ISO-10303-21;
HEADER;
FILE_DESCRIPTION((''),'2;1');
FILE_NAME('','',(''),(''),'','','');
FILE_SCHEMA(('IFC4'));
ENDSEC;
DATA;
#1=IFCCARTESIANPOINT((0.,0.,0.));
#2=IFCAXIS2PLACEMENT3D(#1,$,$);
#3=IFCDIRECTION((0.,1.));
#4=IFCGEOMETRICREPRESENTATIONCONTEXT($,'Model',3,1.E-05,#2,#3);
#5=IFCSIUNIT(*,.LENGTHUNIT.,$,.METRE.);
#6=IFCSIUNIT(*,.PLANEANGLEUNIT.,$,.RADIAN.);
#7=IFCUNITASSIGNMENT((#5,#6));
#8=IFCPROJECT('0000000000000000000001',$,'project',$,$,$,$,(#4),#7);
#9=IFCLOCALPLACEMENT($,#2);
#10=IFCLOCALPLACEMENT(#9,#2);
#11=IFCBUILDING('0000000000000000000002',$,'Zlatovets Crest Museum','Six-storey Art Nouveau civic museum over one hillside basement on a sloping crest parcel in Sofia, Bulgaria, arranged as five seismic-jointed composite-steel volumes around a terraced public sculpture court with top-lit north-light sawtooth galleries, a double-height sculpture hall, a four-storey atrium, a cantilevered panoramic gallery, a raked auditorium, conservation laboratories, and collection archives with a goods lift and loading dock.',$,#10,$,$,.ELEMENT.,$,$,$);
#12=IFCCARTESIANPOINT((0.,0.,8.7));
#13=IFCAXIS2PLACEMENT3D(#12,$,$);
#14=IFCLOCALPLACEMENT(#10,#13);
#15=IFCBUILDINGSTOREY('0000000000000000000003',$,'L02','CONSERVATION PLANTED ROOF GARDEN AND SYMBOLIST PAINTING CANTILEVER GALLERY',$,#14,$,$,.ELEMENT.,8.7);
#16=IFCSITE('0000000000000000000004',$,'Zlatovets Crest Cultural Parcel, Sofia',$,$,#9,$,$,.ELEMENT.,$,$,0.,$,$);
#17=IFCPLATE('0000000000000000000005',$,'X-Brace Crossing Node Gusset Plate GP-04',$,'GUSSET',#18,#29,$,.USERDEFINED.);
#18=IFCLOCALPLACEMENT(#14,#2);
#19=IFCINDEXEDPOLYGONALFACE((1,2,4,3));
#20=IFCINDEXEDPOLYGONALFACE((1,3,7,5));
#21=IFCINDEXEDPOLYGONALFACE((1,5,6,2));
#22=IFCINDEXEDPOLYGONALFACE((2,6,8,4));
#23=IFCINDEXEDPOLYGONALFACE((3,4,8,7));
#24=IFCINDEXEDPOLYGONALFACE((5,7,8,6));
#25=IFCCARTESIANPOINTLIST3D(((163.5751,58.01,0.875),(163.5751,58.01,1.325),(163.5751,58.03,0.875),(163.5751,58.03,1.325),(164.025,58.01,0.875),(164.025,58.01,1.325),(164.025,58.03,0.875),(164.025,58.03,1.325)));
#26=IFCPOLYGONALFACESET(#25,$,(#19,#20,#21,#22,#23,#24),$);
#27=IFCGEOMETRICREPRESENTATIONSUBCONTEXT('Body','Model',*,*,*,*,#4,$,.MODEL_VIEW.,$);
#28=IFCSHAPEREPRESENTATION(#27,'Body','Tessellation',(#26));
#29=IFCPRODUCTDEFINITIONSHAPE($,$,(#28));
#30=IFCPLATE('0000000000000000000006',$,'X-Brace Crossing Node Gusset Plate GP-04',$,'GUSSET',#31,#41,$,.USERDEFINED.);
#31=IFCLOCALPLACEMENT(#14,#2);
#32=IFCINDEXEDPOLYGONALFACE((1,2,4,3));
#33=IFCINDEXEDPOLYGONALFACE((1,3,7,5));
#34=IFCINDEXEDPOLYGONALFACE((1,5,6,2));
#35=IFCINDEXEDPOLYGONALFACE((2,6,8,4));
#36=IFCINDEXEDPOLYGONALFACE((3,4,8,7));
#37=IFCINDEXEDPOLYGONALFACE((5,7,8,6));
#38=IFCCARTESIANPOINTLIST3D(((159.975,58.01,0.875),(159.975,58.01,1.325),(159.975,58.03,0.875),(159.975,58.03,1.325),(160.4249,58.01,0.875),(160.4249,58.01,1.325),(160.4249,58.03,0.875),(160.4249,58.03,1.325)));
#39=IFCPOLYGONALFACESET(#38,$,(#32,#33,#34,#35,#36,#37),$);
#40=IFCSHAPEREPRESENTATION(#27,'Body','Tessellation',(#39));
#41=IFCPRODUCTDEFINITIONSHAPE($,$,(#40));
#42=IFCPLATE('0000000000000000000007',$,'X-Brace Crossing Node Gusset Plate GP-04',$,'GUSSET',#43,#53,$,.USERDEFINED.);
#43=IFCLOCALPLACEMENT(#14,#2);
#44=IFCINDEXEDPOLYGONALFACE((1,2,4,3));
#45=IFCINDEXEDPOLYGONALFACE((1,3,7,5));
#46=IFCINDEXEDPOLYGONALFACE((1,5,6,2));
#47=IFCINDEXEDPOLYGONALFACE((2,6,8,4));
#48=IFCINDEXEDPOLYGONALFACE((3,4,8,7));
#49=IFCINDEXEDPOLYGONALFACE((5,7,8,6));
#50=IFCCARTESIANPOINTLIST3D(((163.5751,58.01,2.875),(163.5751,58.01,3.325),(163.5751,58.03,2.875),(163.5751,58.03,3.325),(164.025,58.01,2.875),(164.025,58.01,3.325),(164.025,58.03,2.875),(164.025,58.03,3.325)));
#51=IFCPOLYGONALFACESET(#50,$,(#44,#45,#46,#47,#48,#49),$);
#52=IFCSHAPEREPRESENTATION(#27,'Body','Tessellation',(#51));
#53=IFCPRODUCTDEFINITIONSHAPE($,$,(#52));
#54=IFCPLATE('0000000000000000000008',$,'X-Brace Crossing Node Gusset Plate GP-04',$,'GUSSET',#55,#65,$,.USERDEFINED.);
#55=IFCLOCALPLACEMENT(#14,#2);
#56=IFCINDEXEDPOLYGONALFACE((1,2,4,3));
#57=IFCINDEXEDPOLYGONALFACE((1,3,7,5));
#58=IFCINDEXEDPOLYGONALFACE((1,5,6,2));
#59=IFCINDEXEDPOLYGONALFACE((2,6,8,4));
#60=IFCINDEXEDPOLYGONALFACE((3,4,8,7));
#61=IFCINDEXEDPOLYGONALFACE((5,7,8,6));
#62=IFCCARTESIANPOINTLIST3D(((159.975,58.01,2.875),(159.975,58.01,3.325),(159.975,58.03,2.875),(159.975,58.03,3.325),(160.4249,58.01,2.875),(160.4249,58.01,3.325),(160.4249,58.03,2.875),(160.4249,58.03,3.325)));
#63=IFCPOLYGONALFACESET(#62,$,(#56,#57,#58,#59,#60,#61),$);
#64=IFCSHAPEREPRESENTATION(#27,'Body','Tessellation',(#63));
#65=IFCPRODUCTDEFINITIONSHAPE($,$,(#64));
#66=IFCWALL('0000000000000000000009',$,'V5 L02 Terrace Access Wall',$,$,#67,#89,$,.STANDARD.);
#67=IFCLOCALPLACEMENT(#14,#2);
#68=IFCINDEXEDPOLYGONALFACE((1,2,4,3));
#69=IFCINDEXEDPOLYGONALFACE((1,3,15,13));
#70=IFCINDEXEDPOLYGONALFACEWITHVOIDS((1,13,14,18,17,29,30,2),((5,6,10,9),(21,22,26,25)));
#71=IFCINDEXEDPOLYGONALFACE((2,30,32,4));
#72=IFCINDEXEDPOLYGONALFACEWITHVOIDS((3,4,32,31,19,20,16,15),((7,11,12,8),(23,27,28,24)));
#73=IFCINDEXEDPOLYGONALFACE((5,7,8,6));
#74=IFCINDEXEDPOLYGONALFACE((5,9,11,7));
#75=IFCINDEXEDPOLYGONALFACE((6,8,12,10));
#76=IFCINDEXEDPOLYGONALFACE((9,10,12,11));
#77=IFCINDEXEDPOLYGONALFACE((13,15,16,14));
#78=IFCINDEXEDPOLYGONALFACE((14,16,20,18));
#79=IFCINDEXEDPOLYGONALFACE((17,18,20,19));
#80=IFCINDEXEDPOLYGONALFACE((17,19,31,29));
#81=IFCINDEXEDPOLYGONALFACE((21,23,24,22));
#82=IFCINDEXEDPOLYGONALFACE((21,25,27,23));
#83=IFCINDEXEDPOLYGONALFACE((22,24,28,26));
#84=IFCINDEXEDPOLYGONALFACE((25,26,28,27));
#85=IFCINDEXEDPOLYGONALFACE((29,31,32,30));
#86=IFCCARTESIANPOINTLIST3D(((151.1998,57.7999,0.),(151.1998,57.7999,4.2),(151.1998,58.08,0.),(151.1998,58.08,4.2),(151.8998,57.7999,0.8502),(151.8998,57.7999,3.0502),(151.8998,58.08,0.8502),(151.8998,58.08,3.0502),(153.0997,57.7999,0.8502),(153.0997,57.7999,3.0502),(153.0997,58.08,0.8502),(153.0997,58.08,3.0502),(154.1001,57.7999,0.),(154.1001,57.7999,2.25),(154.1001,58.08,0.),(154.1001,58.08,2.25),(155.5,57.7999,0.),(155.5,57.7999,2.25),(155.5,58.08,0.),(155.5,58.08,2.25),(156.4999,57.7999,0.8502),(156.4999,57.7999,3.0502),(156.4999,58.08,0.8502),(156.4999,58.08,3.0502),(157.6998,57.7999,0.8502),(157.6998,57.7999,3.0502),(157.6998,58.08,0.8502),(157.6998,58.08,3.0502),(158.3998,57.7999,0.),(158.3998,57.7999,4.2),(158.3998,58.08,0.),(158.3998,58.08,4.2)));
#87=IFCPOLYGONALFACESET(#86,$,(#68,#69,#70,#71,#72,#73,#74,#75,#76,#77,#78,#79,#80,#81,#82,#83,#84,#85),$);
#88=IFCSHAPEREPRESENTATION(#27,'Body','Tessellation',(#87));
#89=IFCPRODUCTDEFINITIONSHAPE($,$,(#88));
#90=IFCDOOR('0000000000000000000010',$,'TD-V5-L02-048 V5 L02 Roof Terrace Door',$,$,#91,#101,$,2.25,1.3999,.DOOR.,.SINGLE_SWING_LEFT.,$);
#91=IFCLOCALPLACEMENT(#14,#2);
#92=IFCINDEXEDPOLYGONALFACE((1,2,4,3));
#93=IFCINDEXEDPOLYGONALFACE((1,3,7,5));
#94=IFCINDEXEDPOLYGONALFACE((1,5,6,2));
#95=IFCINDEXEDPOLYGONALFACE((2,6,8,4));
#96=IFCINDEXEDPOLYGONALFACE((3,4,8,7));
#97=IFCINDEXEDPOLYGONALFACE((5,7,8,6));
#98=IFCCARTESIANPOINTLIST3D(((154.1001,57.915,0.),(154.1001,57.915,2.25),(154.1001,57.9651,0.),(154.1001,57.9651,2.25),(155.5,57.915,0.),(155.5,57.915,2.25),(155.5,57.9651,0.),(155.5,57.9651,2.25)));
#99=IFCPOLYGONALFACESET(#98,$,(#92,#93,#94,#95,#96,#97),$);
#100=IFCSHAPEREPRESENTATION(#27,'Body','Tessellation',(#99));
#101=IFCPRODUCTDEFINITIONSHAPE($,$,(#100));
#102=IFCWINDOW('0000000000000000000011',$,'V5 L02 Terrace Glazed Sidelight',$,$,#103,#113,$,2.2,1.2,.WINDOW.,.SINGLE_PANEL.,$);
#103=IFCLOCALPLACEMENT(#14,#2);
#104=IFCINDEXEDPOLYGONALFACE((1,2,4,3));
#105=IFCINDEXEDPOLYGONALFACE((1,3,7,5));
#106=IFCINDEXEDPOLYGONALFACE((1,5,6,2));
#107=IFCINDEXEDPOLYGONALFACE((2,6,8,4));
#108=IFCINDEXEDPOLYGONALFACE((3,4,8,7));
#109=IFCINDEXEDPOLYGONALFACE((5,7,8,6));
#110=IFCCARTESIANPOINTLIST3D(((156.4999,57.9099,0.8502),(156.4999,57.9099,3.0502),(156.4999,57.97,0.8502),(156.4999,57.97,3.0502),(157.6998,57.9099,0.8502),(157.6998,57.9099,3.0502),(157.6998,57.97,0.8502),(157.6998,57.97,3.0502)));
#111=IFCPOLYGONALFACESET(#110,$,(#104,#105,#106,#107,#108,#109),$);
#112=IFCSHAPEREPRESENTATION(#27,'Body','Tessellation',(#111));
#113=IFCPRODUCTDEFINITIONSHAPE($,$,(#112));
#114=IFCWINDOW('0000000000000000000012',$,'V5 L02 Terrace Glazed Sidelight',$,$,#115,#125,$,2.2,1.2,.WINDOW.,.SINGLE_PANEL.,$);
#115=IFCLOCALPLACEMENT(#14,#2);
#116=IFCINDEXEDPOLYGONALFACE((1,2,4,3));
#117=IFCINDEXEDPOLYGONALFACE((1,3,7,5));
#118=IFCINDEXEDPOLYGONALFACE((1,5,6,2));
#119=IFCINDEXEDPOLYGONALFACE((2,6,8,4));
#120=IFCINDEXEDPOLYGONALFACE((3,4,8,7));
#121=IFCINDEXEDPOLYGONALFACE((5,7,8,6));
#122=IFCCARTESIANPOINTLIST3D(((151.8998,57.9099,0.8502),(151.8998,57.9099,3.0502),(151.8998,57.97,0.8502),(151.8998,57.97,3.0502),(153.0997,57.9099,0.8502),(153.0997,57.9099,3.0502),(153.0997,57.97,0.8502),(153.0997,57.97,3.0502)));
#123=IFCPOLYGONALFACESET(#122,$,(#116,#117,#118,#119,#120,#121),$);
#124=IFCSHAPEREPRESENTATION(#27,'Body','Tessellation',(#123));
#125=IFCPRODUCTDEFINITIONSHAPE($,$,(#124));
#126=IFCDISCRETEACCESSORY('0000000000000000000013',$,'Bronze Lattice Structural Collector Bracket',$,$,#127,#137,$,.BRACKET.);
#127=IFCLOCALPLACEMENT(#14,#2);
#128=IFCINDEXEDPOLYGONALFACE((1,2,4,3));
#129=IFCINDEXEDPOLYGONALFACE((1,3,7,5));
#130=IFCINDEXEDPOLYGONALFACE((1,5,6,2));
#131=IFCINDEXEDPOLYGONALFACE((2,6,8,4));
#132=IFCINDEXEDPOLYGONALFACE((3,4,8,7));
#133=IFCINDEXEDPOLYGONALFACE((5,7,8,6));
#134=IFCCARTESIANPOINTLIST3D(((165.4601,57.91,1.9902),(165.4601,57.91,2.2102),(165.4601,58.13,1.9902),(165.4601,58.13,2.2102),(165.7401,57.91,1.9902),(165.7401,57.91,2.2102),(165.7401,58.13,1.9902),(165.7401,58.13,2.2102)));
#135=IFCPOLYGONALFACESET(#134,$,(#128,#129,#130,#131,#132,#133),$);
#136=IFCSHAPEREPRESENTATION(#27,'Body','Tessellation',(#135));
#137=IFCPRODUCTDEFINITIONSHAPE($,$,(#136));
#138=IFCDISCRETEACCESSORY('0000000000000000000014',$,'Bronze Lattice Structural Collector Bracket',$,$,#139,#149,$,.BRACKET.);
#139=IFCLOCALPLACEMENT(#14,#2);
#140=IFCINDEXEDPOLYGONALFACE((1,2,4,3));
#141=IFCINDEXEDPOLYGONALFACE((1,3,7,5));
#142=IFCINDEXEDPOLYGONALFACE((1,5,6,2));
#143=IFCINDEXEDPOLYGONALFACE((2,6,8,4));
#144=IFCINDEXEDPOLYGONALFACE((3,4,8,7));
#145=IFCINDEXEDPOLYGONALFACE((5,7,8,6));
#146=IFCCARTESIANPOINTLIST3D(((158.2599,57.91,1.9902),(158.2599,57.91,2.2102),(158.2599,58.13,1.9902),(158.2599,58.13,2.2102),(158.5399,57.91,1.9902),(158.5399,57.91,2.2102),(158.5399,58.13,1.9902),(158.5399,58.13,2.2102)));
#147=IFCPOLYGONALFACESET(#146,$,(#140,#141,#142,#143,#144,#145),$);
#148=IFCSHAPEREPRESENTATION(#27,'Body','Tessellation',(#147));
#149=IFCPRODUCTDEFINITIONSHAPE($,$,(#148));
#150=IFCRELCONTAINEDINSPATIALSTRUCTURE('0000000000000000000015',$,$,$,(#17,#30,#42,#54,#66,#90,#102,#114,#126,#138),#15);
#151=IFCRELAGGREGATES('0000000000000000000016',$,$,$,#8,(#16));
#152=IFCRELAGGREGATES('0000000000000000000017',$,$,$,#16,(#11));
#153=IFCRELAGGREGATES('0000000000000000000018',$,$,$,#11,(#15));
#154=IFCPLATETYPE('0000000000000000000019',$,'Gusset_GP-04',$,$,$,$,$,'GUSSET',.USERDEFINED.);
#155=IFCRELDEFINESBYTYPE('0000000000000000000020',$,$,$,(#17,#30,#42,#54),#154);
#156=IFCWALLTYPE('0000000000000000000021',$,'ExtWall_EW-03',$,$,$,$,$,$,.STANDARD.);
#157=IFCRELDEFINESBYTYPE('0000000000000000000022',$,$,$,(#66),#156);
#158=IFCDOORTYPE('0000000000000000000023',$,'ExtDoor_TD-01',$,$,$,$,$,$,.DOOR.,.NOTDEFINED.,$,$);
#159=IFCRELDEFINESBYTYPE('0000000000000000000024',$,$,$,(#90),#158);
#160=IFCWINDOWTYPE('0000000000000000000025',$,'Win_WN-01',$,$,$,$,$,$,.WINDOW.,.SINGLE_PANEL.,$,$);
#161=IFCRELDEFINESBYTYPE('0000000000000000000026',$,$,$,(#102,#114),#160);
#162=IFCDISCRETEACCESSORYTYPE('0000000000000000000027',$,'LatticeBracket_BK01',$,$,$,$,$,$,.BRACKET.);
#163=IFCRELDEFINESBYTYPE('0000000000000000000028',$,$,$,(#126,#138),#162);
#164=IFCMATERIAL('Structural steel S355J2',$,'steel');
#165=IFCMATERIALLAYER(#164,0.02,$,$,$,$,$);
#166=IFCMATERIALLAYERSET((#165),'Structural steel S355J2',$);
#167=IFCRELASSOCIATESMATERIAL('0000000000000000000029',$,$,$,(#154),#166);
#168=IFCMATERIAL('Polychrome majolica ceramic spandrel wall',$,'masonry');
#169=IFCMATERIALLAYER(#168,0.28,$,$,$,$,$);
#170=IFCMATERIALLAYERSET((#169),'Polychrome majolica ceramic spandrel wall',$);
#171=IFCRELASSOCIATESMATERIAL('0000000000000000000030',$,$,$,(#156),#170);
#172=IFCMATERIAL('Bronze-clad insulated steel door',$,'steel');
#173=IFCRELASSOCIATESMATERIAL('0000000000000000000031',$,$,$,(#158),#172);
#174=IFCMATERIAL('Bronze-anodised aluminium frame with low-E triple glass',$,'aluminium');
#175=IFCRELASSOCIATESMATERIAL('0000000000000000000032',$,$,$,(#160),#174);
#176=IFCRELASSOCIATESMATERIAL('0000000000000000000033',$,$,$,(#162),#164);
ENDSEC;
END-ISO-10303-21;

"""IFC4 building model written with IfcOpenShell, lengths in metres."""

from ifc_helpers import new_model, si_unit, direction, frame, frame_2d, origin, origin_2d, place, context, subcontext, project, spatial, rectangle, extrude, material, layer, layer_set, type_object, element, fill, save


model = new_model("IFC4")

# Units and contexts
model_context = context("Model", 3, precision=1e-05, world=origin(), true_north=direction((0.0, 1.0)))
body_context = subcontext(model_context, "Body", "Model", "MODEL_VIEW")
ifc_project = project(units=[si_unit("LENGTHUNIT", "METRE"), si_unit("PLANEANGLEUNIT", "RADIAN")], contexts=[model_context])

# Site, building, storey
site_placement = place(None, origin())
site = spatial("IfcSite", under=ifc_project, at=site_placement, Name="Zlatovets Crest Cultural Parcel, Sofia", CompositionType="ELEMENT", RefElevation=0.0)
building_placement = place(site_placement, origin())
building = spatial("IfcBuilding", under=site, at=building_placement, Name="Zlatovets Crest Museum", Description="Six-storey Art Nouveau civic museum over one hillside basement on a sloping crest parcel in Sofia, Bulgaria, arranged as five seismic-jointed composite-steel volumes around a terraced public sculpture court with top-lit north-light sawtooth galleries, a double-height sculpture hall, a four-storey atrium, a cantilevered panoramic gallery, a raked auditorium, conservation laboratories, and collection archives with a goods lift and loading dock.", CompositionType="ELEMENT")
storey_placement = place(building_placement, frame((0.0, 0.0, 8.7)))
storey = spatial("IfcBuildingStorey", under=building, at=storey_placement, Name="L02", Description="CONSERVATION PLANTED ROOF GARDEN AND SYMBOLIST PAINTING CANTILEVER GALLERY", CompositionType="ELEMENT", Elevation=8.7)

# Shared definitions
ifc_material_1 = material(Name="Structural steel S355J2", Category="steel")

# Plates
ifc_layer_1 = layer(ifc_material_1, 0.02)
ifc_layer_set_1 = layer_set([ifc_layer_1], Name="Structural steel S355J2")
plate_type_1 = type_object("IfcPlateType", Name="Gusset_GP-04", ElementType="GUSSET", PredefinedType="USERDEFINED", material=ifc_layer_set_1)
for number, where, z_axis, x_axis, name in (
    (1, (163.8, 58.02, 0.875), (0.0, 0.0, 1.0), (1.0, 0.0, 0.0), "X-Brace Crossing Node Gusset Plate GP-04"),
    (2, (160.2, 58.02, 0.875), (0.0, 0.0, 1.0), (1.0, 0.0, 0.0), "X-Brace Crossing Node Gusset Plate GP-04"),
    (3, (163.8, 58.02, 2.875), (0.0, 0.0, 1.0), (1.0, 0.0, 0.0), "X-Brace Crossing Node Gusset Plate GP-04"),
    (4, (160.2, 58.02, 2.875), (0.0, 0.0, 1.0), (1.0, 0.0, 0.0), "X-Brace Crossing Node Gusset Plate GP-04"),
):
    element("IfcPlate", number, at=place(storey_placement, frame(where, z_axis=z_axis, x_axis=x_axis)), inside=storey, type_object=plate_type_1, Name=name, ObjectType="GUSSET", PredefinedType="USERDEFINED", context=body_context, shape_type="SweptSolid", body=[
        extrude(rectangle(XDim=0.45, YDim=0.02, at=origin_2d()), origin(), (0.0, 0.0, 1.0), 0.45),
    ])

# Wall, openings, door, windows
ifc_material_2 = material(Name="Polychrome majolica ceramic spandrel wall", Category="masonry")
ifc_layer_2 = layer(ifc_material_2, 0.28)
ifc_layer_set_2 = layer_set([ifc_layer_2], Name="Polychrome majolica ceramic spandrel wall")
wall_type = type_object("IfcWallType", Name="ExtWall_EW-03", PredefinedType="STANDARD", material=ifc_layer_set_2)
wall_placement = place(storey_placement, frame((158.3999, 57.9399, 0.0), z_axis=(0.0, 0.0, 1.0), x_axis=(-1.0, 0.0, 0.0)))
wall = element("IfcWall", 5, at=wall_placement, inside=storey, type_object=wall_type, Name="V5 L02 Terrace Access Wall", PredefinedType="STANDARD", context=body_context, shape_type="SweptSolid", body=[
    extrude(rectangle(XDim=7.2, YDim=0.28, at=frame_2d((3.6001, 0.0))), origin(), (0.0, 0.0, 1.0), 4.2),
])
opening_1_placement = place(wall_placement, frame((2.8999, 0.0, 0.0)))
opening_1 = element("IfcOpeningElement", 6, at=opening_1_placement, cuts=wall, PredefinedType="OPENING", context=body_context, shape_type="SweptSolid", body=[
    extrude(rectangle(XDim=1.3999, YDim=2.25, at=frame_2d((0.7, 1.125))), frame((0.0, 0.1499, 0.0), z_axis=(0.0, -1.0, 0.0), x_axis=(1.0, 0.0, 0.0)), (0.0, 0.0, 1.0), 0.3),
])
opening_2_placement = place(wall_placement, frame((0.7, 0.0, 0.8501)))
opening_2 = element("IfcOpeningElement", 7, at=opening_2_placement, cuts=wall, PredefinedType="OPENING", context=body_context, shape_type="SweptSolid", body=[
    extrude(rectangle(XDim=1.2, YDim=2.2, at=frame_2d((0.6001, 1.1001))), frame((0.0, 0.1499, 0.0), z_axis=(0.0, -1.0, 0.0), x_axis=(1.0, 0.0, 0.0)), (0.0, 0.0, 1.0), 0.3),
])
opening_3_placement = place(wall_placement, frame((5.3, 0.0, 0.8501)))
opening_3 = element("IfcOpeningElement", 8, at=opening_3_placement, cuts=wall, PredefinedType="OPENING", context=body_context, shape_type="SweptSolid", body=[
    extrude(rectangle(XDim=1.2, YDim=2.2, at=frame_2d((0.6001, 1.1001))), frame((0.0, 0.1499, 0.0), z_axis=(0.0, -1.0, 0.0), x_axis=(1.0, 0.0, 0.0)), (0.0, 0.0, 1.0), 0.3),
])
ifc_material_3 = material(Name="Bronze-clad insulated steel door", Category="steel")
door_type = type_object("IfcDoorType", Name="ExtDoor_TD-01", OperationType="NOTDEFINED", PredefinedType="DOOR", material=ifc_material_3)
door_placement = place(opening_1_placement, origin())
door = element("IfcDoor", 9, at=door_placement, inside=storey, type_object=door_type, Name="TD-V5-L02-048 V5 L02 Roof Terrace Door", OperationType="SINGLE_SWING_LEFT", OverallHeight=2.25, OverallWidth=1.3999, PredefinedType="DOOR", context=body_context, shape_type="SweptSolid", body=[
    extrude(rectangle(XDim=1.3999, YDim=2.25, at=frame_2d((0.7, 1.125))), frame((0.0, 0.0249, 0.0), z_axis=(0.0, -1.0, 0.0), x_axis=(1.0, 0.0, 0.0)), (0.0, 0.0, 1.0), 0.05),
])
fill(opening_1, door)
ifc_material_4 = material(Name="Bronze-anodised aluminium frame with low-E triple glass", Category="aluminium")
window_type = type_object("IfcWindowType", Name="Win_WN-01", PartitioningType="SINGLE_PANEL", PredefinedType="WINDOW", material=ifc_material_4)
window_1_placement = place(opening_2_placement, origin())
window_1 = element("IfcWindow", 10, at=window_1_placement, inside=storey, type_object=window_type, Name="V5 L02 Terrace Glazed Sidelight", OverallHeight=2.2, OverallWidth=1.2, PartitioningType="SINGLE_PANEL", PredefinedType="WINDOW", context=body_context, shape_type="SweptSolid", body=[
    extrude(rectangle(XDim=1.2, YDim=2.2, at=frame_2d((0.6001, 1.1001))), frame((0.0, 0.03, 0.0), z_axis=(0.0, -1.0, 0.0), x_axis=(1.0, 0.0, 0.0)), (0.0, 0.0, 1.0), 0.0601),
])
fill(opening_2, window_1)
window_2_placement = place(opening_3_placement, origin())
window_2 = element("IfcWindow", 11, at=window_2_placement, inside=storey, type_object=window_type, Name="V5 L02 Terrace Glazed Sidelight", OverallHeight=2.2, OverallWidth=1.2, PartitioningType="SINGLE_PANEL", PredefinedType="WINDOW", context=body_context, shape_type="SweptSolid", body=[
    extrude(rectangle(XDim=1.2, YDim=2.2, at=frame_2d((0.6001, 1.1001))), frame((0.0, 0.03, 0.0), z_axis=(0.0, -1.0, 0.0), x_axis=(1.0, 0.0, 0.0)), (0.0, 0.0, 1.0), 0.0601),
])
fill(opening_3, window_2)

# Discrete accessories
discrete_accessory_type = type_object("IfcDiscreteAccessoryType", Name="LatticeBracket_BK01", PredefinedType="BRACKET", material=ifc_material_1)
for number, where, z_axis, x_axis, name in (
    (12, (165.6001, 58.02, 1.9902), (0.0, 0.0, 1.0), (1.0, 0.0, 0.0), "Bronze Lattice Structural Collector Bracket"),
    (13, (158.3999, 58.02, 1.9902), (0.0, 0.0, 1.0), (1.0, 0.0, 0.0), "Bronze Lattice Structural Collector Bracket"),
):
    element("IfcDiscreteAccessory", number, at=place(storey_placement, frame(where, z_axis=z_axis, x_axis=x_axis)), inside=storey, type_object=discrete_accessory_type, Name=name, PredefinedType="BRACKET", context=body_context, shape_type="SweptSolid", body=[
        extrude(rectangle(XDim=0.28, YDim=0.22, at=origin_2d()), origin(), (0.0, 0.0, 1.0), 0.22),
    ])

save(model, "model.ifc")
